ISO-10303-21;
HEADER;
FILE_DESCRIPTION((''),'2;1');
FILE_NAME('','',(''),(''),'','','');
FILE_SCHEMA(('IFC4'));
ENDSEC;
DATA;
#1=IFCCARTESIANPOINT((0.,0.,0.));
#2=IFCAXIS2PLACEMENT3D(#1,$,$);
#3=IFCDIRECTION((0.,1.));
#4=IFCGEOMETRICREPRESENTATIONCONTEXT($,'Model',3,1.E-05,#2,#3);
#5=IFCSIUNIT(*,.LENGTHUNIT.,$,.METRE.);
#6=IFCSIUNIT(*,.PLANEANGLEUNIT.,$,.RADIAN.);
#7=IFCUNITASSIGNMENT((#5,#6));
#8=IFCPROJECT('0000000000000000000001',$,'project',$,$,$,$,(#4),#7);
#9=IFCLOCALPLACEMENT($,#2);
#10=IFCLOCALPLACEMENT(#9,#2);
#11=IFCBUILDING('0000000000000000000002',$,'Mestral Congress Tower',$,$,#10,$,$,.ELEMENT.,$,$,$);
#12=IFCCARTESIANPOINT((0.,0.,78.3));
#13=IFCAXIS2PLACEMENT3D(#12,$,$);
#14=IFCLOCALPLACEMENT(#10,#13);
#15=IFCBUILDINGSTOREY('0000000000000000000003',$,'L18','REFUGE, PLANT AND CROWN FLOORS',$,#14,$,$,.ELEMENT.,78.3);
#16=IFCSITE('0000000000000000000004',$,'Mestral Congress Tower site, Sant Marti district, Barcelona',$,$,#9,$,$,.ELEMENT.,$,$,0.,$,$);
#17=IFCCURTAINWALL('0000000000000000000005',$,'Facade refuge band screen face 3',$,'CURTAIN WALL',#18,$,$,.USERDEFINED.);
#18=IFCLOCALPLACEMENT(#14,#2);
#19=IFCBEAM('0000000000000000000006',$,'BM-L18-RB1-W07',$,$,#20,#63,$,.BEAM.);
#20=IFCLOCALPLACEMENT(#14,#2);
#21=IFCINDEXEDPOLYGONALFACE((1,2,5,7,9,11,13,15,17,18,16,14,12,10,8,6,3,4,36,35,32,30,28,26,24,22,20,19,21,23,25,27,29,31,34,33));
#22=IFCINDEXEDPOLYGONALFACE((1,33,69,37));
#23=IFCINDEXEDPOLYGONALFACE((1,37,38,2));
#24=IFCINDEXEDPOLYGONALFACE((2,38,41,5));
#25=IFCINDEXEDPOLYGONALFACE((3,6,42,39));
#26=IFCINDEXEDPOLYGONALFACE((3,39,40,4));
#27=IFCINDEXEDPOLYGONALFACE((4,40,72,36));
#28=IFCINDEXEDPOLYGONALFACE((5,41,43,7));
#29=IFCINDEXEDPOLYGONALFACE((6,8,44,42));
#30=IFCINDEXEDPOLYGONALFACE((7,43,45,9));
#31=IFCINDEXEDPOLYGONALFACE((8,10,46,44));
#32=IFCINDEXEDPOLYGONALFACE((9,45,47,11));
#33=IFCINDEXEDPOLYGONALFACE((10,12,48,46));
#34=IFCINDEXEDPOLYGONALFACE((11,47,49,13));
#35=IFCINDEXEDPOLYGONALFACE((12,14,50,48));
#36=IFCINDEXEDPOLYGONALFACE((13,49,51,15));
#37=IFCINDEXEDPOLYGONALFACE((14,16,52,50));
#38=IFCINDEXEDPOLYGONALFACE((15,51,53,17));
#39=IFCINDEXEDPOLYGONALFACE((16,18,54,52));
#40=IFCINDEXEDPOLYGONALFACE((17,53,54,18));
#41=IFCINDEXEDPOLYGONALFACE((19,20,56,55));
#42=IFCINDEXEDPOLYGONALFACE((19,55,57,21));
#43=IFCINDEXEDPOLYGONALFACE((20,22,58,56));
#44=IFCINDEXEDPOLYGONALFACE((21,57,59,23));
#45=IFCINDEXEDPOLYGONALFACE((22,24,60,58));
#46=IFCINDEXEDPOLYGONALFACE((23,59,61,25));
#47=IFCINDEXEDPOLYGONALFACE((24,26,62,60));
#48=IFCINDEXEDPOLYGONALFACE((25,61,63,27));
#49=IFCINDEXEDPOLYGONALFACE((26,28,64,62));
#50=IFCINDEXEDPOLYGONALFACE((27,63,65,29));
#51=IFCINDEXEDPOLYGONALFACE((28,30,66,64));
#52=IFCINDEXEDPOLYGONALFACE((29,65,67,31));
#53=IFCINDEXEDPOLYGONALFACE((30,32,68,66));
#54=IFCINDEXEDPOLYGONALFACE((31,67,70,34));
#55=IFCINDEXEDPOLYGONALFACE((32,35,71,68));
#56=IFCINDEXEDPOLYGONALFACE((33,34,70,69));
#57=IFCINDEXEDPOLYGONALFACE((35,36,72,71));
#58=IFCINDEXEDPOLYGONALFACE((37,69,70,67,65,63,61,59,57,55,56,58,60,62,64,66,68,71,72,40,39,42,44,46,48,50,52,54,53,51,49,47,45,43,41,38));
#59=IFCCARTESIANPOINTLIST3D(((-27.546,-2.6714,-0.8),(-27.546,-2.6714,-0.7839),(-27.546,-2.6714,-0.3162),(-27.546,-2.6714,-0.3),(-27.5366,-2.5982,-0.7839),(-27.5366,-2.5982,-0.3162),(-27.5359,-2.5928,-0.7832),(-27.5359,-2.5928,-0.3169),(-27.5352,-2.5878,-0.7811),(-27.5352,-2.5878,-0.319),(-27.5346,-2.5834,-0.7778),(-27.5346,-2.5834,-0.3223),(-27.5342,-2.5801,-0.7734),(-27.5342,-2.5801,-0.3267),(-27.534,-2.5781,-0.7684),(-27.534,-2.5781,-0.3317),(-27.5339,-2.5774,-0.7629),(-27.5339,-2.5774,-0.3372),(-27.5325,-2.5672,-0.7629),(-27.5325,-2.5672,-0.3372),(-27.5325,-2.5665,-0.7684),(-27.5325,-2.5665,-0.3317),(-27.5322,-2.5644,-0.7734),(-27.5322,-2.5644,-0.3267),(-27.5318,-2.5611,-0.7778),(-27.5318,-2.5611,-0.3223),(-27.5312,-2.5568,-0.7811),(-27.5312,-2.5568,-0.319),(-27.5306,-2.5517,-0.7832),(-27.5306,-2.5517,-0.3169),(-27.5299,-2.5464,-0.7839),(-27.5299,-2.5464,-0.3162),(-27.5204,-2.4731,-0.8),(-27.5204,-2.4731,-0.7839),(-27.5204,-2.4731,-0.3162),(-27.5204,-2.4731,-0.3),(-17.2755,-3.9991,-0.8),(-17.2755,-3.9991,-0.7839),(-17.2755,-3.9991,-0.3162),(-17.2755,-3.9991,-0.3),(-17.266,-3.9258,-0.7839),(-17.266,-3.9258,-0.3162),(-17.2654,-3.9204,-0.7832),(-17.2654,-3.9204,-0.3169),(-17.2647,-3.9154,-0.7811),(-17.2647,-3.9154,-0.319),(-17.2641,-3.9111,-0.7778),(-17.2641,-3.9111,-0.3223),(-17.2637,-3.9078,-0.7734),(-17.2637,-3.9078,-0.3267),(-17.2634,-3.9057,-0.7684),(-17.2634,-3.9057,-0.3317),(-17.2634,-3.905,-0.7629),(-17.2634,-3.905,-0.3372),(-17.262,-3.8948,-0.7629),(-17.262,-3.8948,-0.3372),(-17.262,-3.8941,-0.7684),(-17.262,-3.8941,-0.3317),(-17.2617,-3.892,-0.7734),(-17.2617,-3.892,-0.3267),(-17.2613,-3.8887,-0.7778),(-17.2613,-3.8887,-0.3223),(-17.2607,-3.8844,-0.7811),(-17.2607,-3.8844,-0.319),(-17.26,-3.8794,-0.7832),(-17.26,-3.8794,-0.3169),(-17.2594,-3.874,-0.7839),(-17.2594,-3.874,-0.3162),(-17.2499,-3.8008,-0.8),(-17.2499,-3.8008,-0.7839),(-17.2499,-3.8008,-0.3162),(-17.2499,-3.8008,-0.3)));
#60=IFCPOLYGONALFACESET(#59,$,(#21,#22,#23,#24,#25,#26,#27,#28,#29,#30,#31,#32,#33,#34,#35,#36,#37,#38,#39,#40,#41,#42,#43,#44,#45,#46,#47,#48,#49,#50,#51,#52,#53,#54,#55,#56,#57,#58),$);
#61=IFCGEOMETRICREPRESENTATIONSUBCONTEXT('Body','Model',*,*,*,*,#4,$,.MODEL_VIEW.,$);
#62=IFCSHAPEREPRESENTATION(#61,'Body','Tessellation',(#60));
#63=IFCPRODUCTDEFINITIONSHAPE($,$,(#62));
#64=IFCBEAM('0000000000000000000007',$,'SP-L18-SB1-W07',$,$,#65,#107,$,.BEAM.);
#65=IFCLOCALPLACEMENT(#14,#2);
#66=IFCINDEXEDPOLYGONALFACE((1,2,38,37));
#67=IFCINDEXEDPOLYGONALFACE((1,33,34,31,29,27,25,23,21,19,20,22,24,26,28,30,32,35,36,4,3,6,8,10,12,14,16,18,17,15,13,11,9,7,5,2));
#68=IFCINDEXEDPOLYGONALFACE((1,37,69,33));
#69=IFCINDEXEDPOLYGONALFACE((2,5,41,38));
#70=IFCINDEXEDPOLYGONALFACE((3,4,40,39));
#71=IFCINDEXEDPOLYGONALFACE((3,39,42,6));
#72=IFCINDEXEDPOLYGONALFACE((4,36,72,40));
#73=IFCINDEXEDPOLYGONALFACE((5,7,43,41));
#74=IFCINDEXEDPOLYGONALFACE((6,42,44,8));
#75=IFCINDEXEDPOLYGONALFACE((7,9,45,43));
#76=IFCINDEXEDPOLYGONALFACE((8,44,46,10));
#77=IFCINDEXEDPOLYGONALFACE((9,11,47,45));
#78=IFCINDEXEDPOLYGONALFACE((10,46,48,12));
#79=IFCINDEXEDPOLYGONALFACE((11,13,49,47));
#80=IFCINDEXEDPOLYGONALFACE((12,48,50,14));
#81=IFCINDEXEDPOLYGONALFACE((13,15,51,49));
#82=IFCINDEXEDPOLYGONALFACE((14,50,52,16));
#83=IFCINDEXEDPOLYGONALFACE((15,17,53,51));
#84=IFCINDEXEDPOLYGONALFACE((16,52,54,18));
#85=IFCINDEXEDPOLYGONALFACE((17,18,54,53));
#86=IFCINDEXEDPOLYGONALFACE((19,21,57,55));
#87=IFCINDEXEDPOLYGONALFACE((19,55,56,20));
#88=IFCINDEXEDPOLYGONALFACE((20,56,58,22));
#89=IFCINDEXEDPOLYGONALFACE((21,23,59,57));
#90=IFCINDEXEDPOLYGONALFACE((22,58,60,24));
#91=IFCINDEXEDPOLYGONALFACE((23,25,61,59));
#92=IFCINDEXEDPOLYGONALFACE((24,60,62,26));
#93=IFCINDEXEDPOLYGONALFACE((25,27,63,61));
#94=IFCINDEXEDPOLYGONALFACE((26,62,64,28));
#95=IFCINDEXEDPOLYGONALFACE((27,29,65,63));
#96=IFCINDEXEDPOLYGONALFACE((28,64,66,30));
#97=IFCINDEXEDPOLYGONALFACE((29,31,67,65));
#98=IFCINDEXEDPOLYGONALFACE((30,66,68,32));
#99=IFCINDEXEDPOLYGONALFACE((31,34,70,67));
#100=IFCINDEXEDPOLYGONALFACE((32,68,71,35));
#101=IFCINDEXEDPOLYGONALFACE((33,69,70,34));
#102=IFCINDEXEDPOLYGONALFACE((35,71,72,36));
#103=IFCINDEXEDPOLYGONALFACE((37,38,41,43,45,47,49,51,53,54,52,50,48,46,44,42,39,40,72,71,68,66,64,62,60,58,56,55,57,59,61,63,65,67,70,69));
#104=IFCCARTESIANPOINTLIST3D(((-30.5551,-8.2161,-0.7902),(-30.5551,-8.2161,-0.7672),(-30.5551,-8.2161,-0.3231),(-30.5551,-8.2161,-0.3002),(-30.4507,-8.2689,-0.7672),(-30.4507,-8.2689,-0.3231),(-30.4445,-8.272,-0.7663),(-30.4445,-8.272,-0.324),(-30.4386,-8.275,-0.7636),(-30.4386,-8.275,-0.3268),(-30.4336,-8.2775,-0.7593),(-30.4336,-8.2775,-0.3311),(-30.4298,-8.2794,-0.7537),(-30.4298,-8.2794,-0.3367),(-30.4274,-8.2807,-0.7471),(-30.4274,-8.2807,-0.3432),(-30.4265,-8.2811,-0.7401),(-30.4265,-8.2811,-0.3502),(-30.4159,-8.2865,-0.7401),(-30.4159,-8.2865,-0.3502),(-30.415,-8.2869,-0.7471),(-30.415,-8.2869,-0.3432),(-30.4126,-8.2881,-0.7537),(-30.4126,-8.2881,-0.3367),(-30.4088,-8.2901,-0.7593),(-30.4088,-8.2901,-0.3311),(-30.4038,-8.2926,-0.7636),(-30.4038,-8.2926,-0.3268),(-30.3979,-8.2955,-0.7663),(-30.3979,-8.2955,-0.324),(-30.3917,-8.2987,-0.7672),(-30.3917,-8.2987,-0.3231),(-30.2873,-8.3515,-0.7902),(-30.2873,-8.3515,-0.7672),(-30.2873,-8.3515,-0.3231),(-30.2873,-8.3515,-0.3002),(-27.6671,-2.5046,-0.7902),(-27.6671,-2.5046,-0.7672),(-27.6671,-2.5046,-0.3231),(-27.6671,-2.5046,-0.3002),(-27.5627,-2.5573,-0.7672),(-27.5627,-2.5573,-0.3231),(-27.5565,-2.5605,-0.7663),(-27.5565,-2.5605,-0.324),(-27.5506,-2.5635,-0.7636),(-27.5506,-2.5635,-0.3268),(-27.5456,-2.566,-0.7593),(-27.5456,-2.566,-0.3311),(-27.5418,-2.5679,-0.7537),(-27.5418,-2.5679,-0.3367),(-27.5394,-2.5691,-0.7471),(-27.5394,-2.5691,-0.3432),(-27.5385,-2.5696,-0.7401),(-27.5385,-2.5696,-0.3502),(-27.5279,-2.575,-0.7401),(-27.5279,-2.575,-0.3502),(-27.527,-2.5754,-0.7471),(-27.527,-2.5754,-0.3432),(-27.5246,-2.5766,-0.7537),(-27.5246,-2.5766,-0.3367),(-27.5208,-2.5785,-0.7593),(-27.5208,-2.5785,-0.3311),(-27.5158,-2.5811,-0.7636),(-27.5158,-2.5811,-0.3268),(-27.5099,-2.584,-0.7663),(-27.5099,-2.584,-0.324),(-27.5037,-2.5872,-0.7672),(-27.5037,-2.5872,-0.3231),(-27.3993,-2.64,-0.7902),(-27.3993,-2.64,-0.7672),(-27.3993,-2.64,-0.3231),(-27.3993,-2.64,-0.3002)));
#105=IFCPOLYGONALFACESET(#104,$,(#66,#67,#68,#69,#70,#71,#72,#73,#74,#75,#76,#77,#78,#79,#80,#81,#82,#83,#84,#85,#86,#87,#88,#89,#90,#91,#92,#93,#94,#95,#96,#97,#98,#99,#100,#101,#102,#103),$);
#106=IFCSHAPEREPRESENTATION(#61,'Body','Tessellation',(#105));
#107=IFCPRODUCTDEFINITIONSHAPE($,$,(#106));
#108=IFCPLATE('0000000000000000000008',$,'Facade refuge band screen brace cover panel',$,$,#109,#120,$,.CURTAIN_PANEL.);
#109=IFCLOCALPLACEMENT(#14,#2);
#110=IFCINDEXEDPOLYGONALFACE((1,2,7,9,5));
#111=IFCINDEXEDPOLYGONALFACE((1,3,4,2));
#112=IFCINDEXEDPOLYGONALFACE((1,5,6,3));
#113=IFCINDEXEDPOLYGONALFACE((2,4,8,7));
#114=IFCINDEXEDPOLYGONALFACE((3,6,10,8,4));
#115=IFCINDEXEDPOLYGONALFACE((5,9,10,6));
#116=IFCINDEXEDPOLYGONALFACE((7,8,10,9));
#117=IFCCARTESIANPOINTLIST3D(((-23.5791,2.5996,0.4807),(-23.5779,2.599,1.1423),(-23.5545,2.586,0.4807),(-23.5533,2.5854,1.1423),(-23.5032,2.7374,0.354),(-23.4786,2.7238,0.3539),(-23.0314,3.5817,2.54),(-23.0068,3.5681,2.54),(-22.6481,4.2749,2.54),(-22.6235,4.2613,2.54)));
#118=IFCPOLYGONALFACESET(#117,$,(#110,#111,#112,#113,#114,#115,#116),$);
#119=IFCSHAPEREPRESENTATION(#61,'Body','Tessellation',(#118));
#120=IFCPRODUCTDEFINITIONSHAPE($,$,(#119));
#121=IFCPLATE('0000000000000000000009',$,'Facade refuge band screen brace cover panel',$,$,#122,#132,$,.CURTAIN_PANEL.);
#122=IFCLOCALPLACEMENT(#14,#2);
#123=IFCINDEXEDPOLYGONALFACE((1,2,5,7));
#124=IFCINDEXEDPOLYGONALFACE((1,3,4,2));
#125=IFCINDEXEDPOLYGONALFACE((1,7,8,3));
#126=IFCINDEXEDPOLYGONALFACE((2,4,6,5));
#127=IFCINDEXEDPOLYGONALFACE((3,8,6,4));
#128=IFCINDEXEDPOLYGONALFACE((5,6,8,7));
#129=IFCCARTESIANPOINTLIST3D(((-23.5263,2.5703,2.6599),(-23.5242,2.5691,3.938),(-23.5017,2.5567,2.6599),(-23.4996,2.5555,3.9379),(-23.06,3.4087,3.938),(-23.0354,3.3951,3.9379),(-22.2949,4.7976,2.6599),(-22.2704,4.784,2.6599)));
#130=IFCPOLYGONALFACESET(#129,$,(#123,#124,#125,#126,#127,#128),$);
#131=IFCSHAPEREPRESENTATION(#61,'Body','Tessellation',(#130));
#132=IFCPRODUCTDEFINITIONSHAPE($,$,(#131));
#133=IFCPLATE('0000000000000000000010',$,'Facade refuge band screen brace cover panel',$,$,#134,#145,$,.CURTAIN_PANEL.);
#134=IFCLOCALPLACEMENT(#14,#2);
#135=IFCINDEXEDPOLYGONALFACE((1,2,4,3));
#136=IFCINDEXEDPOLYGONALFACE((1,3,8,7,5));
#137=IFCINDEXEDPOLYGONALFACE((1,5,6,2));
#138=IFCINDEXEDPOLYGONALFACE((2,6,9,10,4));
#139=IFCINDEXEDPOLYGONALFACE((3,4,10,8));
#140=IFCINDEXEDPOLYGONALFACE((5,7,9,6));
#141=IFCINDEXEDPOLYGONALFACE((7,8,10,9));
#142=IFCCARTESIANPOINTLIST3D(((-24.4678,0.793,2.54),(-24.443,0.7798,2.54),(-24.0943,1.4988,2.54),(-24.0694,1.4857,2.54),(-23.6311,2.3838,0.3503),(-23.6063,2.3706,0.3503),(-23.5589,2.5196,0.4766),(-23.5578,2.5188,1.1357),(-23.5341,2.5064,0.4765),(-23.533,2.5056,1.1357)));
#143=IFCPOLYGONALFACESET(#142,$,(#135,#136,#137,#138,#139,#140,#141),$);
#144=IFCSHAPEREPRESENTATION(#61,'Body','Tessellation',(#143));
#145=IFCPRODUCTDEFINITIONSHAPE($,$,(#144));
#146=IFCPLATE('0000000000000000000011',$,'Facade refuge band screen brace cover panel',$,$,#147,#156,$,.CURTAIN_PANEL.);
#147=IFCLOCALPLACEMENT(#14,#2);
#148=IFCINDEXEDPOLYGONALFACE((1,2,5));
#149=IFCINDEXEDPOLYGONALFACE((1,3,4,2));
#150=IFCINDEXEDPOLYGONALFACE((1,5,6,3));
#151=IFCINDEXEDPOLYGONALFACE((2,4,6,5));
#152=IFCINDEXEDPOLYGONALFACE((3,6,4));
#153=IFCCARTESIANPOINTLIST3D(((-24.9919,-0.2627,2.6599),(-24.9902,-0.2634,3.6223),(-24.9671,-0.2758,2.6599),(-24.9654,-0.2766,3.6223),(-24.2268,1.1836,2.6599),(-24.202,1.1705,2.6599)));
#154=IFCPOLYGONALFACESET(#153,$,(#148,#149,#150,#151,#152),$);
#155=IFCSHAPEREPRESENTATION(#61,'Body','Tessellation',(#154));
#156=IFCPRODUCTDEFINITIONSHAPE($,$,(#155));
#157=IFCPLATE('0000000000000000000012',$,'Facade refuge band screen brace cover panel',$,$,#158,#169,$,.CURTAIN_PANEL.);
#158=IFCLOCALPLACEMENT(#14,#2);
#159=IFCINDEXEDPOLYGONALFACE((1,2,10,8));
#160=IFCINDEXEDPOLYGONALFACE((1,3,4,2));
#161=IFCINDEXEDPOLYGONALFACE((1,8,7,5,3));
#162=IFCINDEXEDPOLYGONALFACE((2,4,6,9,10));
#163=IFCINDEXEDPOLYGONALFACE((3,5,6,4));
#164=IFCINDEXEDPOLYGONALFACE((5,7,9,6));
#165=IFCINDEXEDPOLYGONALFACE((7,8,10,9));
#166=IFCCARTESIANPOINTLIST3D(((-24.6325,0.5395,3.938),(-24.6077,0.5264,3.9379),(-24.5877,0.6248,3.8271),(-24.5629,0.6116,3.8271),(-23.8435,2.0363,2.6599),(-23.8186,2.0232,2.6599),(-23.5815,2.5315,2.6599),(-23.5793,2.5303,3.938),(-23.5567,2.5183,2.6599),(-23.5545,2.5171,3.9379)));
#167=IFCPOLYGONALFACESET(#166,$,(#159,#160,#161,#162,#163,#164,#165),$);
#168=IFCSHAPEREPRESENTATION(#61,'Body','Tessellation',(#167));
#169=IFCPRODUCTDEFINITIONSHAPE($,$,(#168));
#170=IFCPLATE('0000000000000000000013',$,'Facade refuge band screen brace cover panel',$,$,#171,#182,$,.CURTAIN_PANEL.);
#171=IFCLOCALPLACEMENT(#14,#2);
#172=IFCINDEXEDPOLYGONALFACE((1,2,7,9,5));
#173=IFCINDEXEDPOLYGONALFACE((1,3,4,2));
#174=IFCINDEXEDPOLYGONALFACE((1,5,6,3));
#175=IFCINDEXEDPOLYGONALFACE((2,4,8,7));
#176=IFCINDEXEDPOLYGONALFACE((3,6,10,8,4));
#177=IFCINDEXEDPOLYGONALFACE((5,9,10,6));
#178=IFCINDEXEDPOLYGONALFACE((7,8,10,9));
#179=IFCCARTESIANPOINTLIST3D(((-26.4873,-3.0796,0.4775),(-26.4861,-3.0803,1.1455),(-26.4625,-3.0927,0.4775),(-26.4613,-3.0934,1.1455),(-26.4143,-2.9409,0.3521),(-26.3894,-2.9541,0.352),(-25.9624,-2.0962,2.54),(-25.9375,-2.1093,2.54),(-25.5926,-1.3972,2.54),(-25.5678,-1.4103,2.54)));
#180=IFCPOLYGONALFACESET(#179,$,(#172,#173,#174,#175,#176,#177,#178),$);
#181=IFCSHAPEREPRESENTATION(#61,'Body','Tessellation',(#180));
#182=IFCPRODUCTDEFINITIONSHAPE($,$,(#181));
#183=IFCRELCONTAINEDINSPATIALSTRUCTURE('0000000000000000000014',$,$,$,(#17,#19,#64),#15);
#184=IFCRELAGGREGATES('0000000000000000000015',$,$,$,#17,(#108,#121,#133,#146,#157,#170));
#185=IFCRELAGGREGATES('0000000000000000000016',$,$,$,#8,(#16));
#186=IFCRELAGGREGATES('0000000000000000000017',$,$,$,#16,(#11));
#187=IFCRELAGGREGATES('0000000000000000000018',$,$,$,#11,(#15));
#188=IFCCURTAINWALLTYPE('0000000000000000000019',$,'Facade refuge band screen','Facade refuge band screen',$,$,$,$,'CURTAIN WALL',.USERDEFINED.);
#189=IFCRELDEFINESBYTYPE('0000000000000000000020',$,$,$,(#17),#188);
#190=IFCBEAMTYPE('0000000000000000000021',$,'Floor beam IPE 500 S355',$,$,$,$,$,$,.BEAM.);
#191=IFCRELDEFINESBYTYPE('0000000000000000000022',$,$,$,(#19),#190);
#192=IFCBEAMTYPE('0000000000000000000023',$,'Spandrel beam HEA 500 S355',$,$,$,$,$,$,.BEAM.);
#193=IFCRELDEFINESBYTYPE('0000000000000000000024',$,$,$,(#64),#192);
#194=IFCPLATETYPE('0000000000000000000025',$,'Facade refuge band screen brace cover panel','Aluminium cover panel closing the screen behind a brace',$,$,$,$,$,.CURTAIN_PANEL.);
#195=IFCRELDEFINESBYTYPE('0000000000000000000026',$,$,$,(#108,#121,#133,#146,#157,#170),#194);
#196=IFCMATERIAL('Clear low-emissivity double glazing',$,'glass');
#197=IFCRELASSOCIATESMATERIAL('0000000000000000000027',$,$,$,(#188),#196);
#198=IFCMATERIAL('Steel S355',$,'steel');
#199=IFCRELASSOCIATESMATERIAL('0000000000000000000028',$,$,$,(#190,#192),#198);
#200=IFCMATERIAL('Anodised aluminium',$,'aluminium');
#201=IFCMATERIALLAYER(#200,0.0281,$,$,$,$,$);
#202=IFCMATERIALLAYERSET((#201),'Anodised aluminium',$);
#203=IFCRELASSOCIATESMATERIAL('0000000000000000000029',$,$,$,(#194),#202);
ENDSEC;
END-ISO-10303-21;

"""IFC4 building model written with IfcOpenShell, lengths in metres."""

from ifc_helpers import new_model, si_unit, direction, frame, origin, origin_2d, place, context, subcontext, project, spatial, polyline, i_section, outline, extrude, material, layer, layer_set, material_profile, profile_set, type_object, element, aggregate, save


model = new_model("IFC4")

# Units and contexts
model_context = context("Model", 3, precision=1e-05, world=origin(), true_north=direction((0.0, 1.0)))
body_context = subcontext(model_context, "Body", "Model", "MODEL_VIEW")
ifc_project = project(units=[si_unit("LENGTHUNIT", "METRE"), si_unit("PLANEANGLEUNIT", "RADIAN")], contexts=[model_context])

# Site, building, storey
site_placement = place(None, origin())
site = spatial("IfcSite", under=ifc_project, at=site_placement, Name="Mestral Congress Tower site, Sant Marti district, Barcelona", CompositionType="ELEMENT", RefElevation=0.0)
building_placement = place(site_placement, origin())
building = spatial("IfcBuilding", under=site, at=building_placement, Name="Mestral Congress Tower", CompositionType="ELEMENT")
storey_placement = place(building_placement, frame((0.0, 0.0, 78.3)))
storey = spatial("IfcBuildingStorey", under=building, at=storey_placement, Name="L18", Description="REFUGE, PLANT AND CROWN FLOORS", CompositionType="ELEMENT", Elevation=78.3)

# Shared definitions
ifc_material_1 = material(Name="Steel S355", Category="steel")

# Curtain wall
ifc_material_2 = material(Name="Clear low-emissivity double glazing", Category="glass")
curtain_wall_type = type_object("IfcCurtainWallType", Name="Facade refuge band screen", Description="Facade refuge band screen", ElementType="CURTAIN WALL", PredefinedType="USERDEFINED", material=ifc_material_2)
curtain_wall_placement = place(storey_placement, origin())
curtain_wall = element("IfcCurtainWall", 1, at=curtain_wall_placement, inside=storey, type_object=curtain_wall_type, Name="Facade refuge band screen face 3", ObjectType="CURTAIN WALL", PredefinedType="USERDEFINED")
ifc_material_3 = material(Name="Anodised aluminium", Category="aluminium")

# Beams
ifc_material_profile_1 = material_profile(ifc_material_1, i_section(OverallWidth=0.2, OverallDepth=0.5, WebThickness=0.0103, FlangeThickness=0.0161, FilletRadius=0.021, at=origin_2d()), Name="IPE 500")
ifc_profile_set_1 = profile_set([ifc_material_profile_1], Name="Steel S355")
beam_type_1 = type_object("IfcBeamType", Name="Floor beam IPE 500 S355", PredefinedType="BEAM", material=ifc_profile_set_1)
beam_1_placement = place(storey_placement, frame((-27.5332, -2.5723, -0.55), z_axis=(0.991748, -0.1282, 0.0), x_axis=(0.1282, 0.991748, 0.0)))
element("IfcBeam", 2, at=beam_1_placement, inside=storey, type_object=beam_type_1, Name="BM-L18-RB1-W07", PredefinedType="BEAM", context=body_context, shape_type="SweptSolid", body=[
    extrude(i_section(OverallWidth=0.2, OverallDepth=0.5, WebThickness=0.0103, FlangeThickness=0.0161, FilletRadius=0.021, at=origin_2d()), origin(), (0.0, 0.0, 1.0), 10.356),
])
ifc_material_profile_2 = material_profile(ifc_material_1, i_section(OverallWidth=0.3, OverallDepth=0.49, WebThickness=0.012, FlangeThickness=0.0229, FilletRadius=0.0271, at=origin_2d()), Name="HEA 500")
ifc_profile_set_2 = profile_set([ifc_material_profile_2], Name="Steel S355")
beam_type_2 = type_object("IfcBeamType", Name="Spandrel beam HEA 500 S355", PredefinedType="BEAM", material=ifc_profile_set_2)
beam_2_placement = place(storey_placement, frame((-27.5332, -2.5723, -0.5452), z_axis=(-0.451237, -0.892404, 0.0), x_axis=(0.892404, -0.451237, 0.0)))
element("IfcBeam", 3, at=beam_2_placement, inside=storey, type_object=beam_type_2, Name="SP-L18-SB1-W07", PredefinedType="BEAM", context=body_context, shape_type="SweptSolid", body=[
    extrude(i_section(OverallWidth=0.3, OverallDepth=0.49, WebThickness=0.012, FlangeThickness=0.0229, FilletRadius=0.0271, at=origin_2d()), origin(), (0.0, 0.0, 1.0), 6.4001),
])

# Plates
ifc_layer_1 = layer(ifc_material_3, 0.0281)
ifc_layer_set_1 = layer_set([ifc_layer_1], Name="Anodised aluminium")
plate_type_1 = type_object("IfcPlateType", Name="Facade refuge band screen brace cover panel", Description="Aluminium cover panel closing the screen behind a brace", PredefinedType="CURTAIN_PANEL", material=ifc_layer_set_1)
plate_1_placement = place(storey_placement, frame((-23.5791, 2.5996, 0.4807), z_axis=(-0.875141, 0.483864, 0.002015), x_axis=(0.375746, 0.682205, -0.627226)))
plate_1 = element("IfcPlate", 4, at=plate_1_placement, type_object=plate_type_1, Name="Facade refuge band screen brace cover panel", PredefinedType="CURTAIN_PANEL", context=body_context, shape_type="SweptSolid", body=[
    extrude(outline(polyline([(0.0, 0.0), (0.202, 0.0), (0.201, -2.806), (-0.4159, -2.3092), (-0.415, -0.5153), (0.0, 0.0)])), origin(), (0.0, 0.0, -1.0), 0.0281),
])
plate_2_placement = place(storey_placement, frame((-23.5242, 2.5691, 3.938), z_axis=(-0.875156, 0.483837, 0.00192), x_axis=(-0.001679, 0.000933, -0.999998)))
plate_2 = element("IfcPlate", 5, at=plate_2_placement, type_object=plate_type_1, Name="Facade refuge band screen brace cover panel", PredefinedType="CURTAIN_PANEL", context=body_context, shape_type="SweptSolid", body=[
    extrude(outline(polyline([(0.0, 0.0), (1.2781, 0.0), (1.2781, -2.5451), (0.0, -0.9593), (0.0, 0.0)])), origin(), (0.0, 0.0, -1.0), 0.0281),
])
plate_3_placement = place(storey_placement, frame((-24.4678, 0.793, 2.54), z_axis=(-0.883864, 0.467739, 0.002078), x_axis=(0.295348, 0.56154, -0.772944)))
plate_3 = element("IfcPlate", 6, at=plate_3_placement, type_object=plate_type_1, Name="Facade refuge band screen brace cover panel", PredefinedType="CURTAIN_PANEL", context=body_context, shape_type="SweptSolid", body=[
    extrude(outline(polyline([(0.0, 0.0), (2.8329, 0.0), (2.8329, -0.1989), (2.3233, -0.617), (0.5067, -0.6172), (0.0, 0.0)])), origin(), (0.0, 0.0, -1.0), 0.0281),
])
plate_4_placement = place(storey_placement, frame((-24.9919, -0.2627, 2.6599), z_axis=(-0.883924, 0.467626, 0.001926), x_axis=(0.467627, 0.883926, 0.0)))
plate_4 = element("IfcPlate", 7, at=plate_4_placement, type_object=plate_type_1, Name="Facade refuge band screen brace cover panel", PredefinedType="CURTAIN_PANEL", context=body_context, shape_type="SweptSolid", body=[
    extrude(outline(polyline([(0.0, 0.0), (1.6362, 0.0), (0.0002, -0.9624), (0.0, 0.0)])), origin(), (0.0, 0.0, -1.0), 0.0281),
])
plate_5_placement = place(storey_placement, frame((-23.5793, 2.5303, 3.938), z_axis=(-0.883924, 0.467627, 0.001937), x_axis=(-0.467628, -0.883926, 0.0)))
plate_5 = element("IfcPlate", 8, at=plate_5_placement, type_object=plate_type_1, Name="Facade refuge band screen brace cover panel", PredefinedType="CURTAIN_PANEL", context=body_context, shape_type="SweptSolid", body=[
    extrude(outline(polyline([(0.0, 0.0), (2.2522, 0.0), (2.1558, -0.1108), (0.5601, -1.2781), (-0.0001, -1.2781), (0.0, 0.0)])), origin(), (0.0, 0.0, -1.0), 0.0281),
])
plate_6_placement = place(storey_placement, frame((-26.4873, -3.0796, 0.4775), z_axis=(-0.883949, 0.467579, 0.002048), x_axis=(0.363852, 0.690591, -0.625056)))
plate_6 = element("IfcPlate", 9, at=plate_6_placement, type_object=plate_type_1, Name="Facade refuge band screen brace cover panel", PredefinedType="CURTAIN_PANEL", context=body_context, shape_type="SweptSolid", body=[
    extrude(outline(polyline([(0.0, 0.0), (0.2008, 0.0), (0.1982, -2.801), (-0.4191, -2.3067), (-0.4176, -0.5214), (0.0, 0.0)])), origin(), (0.0, 0.0, -1.0), 0.0281),
])
aggregate(curtain_wall, [plate_1, plate_2, plate_3, plate_4, plate_5, plate_6])

save(model, "model.ifc")
